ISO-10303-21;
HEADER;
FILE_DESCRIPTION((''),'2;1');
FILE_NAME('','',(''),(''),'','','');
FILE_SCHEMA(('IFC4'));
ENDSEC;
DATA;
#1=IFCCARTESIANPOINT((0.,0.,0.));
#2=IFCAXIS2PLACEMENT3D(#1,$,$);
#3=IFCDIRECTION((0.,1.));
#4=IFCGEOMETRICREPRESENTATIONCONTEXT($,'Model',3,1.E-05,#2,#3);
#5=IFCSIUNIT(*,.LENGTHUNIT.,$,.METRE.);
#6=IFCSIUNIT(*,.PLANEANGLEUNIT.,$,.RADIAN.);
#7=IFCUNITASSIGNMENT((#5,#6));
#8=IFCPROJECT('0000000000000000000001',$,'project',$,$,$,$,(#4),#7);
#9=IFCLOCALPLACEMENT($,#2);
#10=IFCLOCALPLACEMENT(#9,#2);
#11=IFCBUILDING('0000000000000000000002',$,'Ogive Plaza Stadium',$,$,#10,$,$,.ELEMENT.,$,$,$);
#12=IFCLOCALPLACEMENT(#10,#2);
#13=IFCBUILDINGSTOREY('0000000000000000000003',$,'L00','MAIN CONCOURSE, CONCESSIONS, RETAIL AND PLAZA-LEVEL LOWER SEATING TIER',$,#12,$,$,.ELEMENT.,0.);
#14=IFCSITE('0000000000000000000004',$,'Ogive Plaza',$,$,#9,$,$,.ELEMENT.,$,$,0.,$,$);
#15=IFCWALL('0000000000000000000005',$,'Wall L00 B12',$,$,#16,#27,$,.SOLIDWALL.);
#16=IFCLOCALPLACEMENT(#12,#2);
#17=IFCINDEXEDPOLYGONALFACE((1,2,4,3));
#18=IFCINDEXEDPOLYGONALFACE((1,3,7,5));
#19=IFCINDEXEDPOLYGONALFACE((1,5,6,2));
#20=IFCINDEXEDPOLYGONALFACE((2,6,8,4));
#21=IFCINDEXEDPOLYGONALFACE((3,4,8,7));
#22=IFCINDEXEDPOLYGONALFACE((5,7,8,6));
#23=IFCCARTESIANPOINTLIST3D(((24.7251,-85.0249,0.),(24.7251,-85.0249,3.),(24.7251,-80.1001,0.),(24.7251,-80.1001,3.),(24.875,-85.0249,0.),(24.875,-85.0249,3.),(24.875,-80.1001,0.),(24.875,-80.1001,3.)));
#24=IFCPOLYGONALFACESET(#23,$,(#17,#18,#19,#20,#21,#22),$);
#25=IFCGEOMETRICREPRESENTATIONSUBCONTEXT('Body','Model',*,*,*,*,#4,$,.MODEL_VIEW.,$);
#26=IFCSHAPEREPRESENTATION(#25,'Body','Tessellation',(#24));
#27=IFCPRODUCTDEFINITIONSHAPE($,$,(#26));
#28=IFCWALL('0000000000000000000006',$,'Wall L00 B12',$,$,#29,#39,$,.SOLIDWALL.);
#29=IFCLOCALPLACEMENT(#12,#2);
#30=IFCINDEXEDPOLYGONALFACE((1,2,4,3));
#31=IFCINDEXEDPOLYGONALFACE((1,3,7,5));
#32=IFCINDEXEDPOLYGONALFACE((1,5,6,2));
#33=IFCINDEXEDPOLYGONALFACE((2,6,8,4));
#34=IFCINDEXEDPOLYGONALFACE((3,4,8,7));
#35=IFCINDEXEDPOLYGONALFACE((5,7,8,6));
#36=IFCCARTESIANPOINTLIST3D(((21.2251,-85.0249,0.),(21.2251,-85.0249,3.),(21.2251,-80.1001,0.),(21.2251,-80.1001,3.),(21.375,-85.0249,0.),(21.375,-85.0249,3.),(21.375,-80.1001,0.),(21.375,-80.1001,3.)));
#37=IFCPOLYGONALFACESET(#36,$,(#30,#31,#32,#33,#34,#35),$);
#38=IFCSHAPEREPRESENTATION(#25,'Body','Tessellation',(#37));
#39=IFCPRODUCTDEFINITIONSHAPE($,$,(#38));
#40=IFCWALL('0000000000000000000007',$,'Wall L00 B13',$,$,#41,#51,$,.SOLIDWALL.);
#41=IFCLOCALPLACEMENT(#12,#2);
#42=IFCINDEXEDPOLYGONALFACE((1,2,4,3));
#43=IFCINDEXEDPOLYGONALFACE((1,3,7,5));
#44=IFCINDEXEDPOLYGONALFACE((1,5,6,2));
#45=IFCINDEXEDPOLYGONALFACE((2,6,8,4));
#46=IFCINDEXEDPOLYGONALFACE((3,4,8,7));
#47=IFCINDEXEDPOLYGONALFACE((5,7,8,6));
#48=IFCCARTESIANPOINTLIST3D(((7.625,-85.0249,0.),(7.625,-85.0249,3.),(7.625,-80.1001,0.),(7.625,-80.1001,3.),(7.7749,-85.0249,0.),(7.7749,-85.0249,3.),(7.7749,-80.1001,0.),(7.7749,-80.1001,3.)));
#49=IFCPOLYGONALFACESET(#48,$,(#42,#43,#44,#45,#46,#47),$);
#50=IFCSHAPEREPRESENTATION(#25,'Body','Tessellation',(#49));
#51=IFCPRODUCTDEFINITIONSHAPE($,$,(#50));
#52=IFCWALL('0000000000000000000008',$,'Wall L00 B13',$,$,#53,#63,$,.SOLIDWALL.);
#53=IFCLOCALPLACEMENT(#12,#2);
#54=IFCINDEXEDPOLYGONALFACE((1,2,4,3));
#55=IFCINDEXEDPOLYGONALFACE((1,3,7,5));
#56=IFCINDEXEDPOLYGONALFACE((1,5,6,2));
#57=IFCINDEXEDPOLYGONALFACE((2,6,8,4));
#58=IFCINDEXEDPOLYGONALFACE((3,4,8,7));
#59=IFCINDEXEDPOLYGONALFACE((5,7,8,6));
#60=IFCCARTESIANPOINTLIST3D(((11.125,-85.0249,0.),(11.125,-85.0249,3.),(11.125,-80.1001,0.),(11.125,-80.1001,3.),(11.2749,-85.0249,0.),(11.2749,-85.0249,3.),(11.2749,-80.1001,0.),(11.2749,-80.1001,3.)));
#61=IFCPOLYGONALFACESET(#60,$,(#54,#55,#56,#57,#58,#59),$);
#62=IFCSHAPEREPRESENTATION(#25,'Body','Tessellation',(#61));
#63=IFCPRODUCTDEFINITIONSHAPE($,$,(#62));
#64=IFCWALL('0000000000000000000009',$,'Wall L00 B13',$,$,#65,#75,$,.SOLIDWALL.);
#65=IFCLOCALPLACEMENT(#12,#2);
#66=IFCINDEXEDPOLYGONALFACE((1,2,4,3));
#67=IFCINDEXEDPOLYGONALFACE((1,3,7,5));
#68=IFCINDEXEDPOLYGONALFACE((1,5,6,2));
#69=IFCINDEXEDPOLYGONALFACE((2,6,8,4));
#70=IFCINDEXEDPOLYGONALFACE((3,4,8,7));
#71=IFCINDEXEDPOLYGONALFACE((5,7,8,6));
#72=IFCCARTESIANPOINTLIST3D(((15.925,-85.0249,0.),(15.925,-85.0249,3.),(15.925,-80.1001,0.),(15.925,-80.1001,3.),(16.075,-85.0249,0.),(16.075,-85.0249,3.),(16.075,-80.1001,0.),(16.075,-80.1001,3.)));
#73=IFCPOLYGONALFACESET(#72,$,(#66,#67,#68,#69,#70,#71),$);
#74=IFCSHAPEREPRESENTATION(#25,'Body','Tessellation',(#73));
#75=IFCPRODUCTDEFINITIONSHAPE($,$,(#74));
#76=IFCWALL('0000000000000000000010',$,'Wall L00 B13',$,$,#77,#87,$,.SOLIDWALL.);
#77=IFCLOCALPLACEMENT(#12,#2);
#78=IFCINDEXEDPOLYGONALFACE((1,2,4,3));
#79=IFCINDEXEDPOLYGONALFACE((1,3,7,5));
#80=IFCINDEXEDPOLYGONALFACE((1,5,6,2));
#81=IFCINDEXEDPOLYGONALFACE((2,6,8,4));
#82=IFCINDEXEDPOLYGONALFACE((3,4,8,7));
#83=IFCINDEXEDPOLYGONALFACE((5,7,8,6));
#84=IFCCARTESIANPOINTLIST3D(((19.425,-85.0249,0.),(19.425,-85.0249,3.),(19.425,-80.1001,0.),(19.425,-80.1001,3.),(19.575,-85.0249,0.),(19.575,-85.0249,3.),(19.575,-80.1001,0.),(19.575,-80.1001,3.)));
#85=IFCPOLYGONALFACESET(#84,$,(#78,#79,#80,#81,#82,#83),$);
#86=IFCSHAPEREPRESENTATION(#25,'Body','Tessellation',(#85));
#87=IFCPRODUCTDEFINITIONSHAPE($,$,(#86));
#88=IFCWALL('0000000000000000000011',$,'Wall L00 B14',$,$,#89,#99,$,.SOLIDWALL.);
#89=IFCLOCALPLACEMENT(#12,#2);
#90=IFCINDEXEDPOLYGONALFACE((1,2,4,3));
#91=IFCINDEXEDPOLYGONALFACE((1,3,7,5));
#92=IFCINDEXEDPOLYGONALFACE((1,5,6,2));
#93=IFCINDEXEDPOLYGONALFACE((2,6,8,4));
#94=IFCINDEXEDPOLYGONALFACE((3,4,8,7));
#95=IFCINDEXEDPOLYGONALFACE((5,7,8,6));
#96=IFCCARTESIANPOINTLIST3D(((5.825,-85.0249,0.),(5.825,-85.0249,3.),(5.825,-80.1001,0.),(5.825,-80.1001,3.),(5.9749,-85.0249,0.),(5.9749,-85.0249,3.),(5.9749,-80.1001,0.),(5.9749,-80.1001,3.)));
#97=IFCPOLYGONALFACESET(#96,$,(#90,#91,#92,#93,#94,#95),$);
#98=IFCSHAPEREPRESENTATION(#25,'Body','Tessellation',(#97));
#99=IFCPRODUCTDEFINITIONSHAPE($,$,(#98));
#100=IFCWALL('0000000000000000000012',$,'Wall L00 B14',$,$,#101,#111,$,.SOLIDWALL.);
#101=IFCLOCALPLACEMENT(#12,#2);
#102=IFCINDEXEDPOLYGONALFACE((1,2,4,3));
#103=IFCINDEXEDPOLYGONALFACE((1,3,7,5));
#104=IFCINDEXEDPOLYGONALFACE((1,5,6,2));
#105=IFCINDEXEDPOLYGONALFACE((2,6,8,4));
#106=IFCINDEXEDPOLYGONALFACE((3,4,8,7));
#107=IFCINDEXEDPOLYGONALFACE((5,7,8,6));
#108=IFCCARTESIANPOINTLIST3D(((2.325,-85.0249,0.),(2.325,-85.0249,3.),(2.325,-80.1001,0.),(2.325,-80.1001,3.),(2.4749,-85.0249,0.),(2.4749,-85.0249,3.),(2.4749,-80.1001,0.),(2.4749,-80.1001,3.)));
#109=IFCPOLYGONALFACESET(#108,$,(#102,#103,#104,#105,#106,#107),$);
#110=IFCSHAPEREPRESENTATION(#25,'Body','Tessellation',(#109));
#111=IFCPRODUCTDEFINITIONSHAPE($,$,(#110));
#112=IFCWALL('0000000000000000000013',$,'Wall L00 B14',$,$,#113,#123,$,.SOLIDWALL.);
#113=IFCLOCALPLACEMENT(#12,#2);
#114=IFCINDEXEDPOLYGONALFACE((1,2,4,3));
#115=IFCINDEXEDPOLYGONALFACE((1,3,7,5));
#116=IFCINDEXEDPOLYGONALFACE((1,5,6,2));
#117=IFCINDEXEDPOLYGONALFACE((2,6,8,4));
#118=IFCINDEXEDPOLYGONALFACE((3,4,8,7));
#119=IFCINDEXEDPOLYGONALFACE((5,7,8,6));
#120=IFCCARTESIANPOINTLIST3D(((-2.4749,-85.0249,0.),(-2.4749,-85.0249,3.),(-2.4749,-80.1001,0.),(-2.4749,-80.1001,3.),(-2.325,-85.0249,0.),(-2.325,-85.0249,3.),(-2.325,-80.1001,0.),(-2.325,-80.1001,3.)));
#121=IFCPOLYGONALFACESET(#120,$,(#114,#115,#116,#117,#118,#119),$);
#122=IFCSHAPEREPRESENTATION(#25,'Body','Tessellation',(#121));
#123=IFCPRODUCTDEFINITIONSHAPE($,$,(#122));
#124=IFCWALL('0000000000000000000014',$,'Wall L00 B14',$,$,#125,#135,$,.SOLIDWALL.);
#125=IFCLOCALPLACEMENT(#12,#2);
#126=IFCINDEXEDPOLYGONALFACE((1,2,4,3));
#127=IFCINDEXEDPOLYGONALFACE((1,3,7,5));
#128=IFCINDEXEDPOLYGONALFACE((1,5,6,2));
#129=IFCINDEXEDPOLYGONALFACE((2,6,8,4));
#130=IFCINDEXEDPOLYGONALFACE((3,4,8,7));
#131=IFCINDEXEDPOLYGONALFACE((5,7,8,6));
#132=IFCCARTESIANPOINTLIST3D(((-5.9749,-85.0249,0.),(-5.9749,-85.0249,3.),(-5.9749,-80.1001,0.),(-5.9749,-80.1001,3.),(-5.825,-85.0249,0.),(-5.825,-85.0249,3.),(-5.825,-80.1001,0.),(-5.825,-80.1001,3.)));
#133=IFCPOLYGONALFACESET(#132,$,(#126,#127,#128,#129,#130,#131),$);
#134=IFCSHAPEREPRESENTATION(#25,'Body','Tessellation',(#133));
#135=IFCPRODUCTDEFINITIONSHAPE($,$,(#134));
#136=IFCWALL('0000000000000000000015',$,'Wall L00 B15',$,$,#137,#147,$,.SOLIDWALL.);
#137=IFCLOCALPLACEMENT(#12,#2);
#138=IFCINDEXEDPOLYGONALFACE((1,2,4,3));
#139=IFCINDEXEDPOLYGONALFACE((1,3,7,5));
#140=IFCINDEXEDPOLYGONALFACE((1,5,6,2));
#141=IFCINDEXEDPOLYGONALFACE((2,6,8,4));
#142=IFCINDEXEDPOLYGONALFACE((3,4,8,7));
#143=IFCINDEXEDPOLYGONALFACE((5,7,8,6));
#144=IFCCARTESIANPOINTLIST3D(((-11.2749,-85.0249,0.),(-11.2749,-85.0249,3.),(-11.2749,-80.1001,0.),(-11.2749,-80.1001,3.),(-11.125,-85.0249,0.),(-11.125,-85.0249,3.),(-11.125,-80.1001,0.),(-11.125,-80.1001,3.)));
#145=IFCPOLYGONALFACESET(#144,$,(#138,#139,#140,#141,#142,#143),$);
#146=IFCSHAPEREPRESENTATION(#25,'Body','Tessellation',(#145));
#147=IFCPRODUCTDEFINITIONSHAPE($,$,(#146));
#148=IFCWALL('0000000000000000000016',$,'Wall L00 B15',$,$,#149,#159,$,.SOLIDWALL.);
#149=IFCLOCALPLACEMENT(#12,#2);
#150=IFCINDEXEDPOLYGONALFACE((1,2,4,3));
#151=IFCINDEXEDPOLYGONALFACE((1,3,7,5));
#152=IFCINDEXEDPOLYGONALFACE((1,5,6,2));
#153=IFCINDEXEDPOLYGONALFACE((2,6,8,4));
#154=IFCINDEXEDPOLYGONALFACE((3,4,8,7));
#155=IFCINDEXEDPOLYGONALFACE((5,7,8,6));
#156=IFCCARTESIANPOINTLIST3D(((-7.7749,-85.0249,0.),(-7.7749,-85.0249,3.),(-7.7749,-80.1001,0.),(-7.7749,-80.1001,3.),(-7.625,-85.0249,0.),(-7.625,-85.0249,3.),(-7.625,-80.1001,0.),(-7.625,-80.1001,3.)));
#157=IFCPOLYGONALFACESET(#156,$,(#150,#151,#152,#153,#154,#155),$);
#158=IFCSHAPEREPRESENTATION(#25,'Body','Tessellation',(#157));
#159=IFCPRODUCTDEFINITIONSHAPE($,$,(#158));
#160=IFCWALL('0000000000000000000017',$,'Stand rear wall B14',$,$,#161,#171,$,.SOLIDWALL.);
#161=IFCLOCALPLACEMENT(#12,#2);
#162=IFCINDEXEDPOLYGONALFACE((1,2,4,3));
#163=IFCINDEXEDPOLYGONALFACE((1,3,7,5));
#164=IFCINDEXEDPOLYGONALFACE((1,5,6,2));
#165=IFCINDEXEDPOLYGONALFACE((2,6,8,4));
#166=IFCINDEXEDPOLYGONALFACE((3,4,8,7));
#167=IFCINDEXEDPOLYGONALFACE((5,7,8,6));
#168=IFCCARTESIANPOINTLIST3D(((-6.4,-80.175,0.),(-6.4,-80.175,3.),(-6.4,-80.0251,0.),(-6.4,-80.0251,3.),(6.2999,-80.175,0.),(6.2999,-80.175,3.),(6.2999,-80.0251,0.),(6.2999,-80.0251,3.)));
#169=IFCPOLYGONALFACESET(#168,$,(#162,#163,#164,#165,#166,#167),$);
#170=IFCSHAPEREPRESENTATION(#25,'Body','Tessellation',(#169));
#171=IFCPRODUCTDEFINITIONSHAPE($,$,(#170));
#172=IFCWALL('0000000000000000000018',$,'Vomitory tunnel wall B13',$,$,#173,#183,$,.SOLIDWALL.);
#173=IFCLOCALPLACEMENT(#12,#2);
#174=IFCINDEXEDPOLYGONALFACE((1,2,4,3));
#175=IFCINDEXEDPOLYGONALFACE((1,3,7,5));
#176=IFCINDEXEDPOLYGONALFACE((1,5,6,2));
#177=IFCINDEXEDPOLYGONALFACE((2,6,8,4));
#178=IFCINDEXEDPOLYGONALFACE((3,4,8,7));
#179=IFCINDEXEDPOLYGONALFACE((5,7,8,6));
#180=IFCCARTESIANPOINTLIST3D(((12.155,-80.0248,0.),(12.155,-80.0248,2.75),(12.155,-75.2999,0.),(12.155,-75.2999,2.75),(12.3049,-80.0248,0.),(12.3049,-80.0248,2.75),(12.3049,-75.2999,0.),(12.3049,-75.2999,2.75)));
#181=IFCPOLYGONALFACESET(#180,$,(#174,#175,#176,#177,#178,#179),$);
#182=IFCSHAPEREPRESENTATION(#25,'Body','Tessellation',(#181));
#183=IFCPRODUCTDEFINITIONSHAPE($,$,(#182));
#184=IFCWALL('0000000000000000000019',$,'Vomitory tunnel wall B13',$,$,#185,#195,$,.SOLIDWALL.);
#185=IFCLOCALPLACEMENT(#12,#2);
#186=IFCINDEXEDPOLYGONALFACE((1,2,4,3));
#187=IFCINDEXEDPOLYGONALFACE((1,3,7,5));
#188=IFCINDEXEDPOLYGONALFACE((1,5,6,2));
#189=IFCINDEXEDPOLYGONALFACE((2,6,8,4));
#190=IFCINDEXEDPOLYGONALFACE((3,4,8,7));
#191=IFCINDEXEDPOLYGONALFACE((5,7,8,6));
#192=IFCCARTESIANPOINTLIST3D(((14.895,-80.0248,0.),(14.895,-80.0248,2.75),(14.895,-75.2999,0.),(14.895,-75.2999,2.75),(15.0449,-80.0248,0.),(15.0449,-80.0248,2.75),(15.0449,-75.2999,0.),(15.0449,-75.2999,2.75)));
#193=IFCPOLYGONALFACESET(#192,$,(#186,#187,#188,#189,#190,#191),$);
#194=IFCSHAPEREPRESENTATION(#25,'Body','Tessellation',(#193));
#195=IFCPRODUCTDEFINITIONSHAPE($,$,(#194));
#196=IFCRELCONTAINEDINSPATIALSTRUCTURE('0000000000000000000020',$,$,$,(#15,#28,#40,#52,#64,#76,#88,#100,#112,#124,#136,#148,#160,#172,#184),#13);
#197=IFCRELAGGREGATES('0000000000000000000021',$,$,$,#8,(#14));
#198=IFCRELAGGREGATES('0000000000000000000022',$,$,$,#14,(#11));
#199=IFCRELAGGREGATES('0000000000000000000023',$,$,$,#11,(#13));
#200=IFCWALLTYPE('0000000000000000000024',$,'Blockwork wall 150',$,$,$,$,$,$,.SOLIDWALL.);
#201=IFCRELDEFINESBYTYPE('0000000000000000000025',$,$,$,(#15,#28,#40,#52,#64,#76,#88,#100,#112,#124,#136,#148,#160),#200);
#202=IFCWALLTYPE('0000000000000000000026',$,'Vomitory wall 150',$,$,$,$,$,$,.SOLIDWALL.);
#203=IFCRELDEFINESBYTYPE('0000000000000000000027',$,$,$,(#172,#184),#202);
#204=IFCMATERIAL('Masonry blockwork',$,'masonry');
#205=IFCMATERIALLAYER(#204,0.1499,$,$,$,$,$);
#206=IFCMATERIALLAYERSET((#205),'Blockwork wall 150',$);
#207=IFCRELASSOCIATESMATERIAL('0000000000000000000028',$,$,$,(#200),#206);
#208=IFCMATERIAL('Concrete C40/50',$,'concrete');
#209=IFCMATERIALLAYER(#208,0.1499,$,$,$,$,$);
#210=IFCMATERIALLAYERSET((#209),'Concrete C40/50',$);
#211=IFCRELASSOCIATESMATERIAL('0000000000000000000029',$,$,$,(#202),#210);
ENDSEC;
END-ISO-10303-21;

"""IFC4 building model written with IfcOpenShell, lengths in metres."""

from ifc_helpers import new_model, si_unit, direction, frame, frame_2d, origin, place, context, subcontext, project, spatial, rectangle, extrude, material, layer, layer_set, type_object, element, save


model = new_model("IFC4")

# Units and contexts
model_context = context("Model", 3, precision=1e-05, world=origin(), true_north=direction((0.0, 1.0)))
body_context = subcontext(model_context, "Body", "Model", "MODEL_VIEW")
ifc_project = project(units=[si_unit("LENGTHUNIT", "METRE"), si_unit("PLANEANGLEUNIT", "RADIAN")], contexts=[model_context])

# Site, building, storey
site_placement = place(None, origin())
site = spatial("IfcSite", under=ifc_project, at=site_placement, Name="Ogive Plaza", CompositionType="ELEMENT", RefElevation=0.0)
building_placement = place(site_placement, origin())
building = spatial("IfcBuilding", under=site, at=building_placement, Name="Ogive Plaza Stadium", CompositionType="ELEMENT")
storey_placement = place(building_placement, origin())
storey = spatial("IfcBuildingStorey", under=building, at=storey_placement, Name="L00", Description="MAIN CONCOURSE, CONCESSIONS, RETAIL AND PLAZA-LEVEL LOWER SEATING TIER", CompositionType="ELEMENT", Elevation=0.0)

# Walls
ifc_material_1 = material(Name="Masonry blockwork", Category="masonry")
ifc_layer_1 = layer(ifc_material_1, 0.1499)
ifc_layer_set_1 = layer_set([ifc_layer_1], Name="Blockwork wall 150")
wall_type_1 = type_object("IfcWallType", Name="Blockwork wall 150", PredefinedType="SOLIDWALL", material=ifc_layer_set_1)
for number, where, z_axis, x_axis, name in (
    (1, (24.8, -80.1001, 0.0), (0.0, 0.0, 1.0), (0.0, -1.0, 0.0), "Wall L00 B12"),
    (2, (21.3, -80.1001, 0.0), (0.0, 0.0, 1.0), (0.0, -1.0, 0.0), "Wall L00 B12"),
    (3, (7.7, -80.1001, 0.0), (0.0, 0.0, 1.0), (0.0, -1.0, 0.0), "Wall L00 B13"),
    (4, (11.2, -80.1001, 0.0), (0.0, 0.0, 1.0), (0.0, -1.0, 0.0), "Wall L00 B13"),
    (5, (16.0, -80.1001, 0.0), (0.0, 0.0, 1.0), (0.0, -1.0, 0.0), "Wall L00 B13"),
    (6, (19.5, -80.1001, 0.0), (0.0, 0.0, 1.0), (0.0, -1.0, 0.0), "Wall L00 B13"),
    (7, (5.8999, -80.1001, 0.0), (0.0, 0.0, 1.0), (0.0, -1.0, 0.0), "Wall L00 B14"),
    (8, (2.3999, -80.1001, 0.0), (0.0, 0.0, 1.0), (0.0, -1.0, 0.0), "Wall L00 B14"),
    (9, (-2.3999, -80.1001, 0.0), (0.0, 0.0, 1.0), (0.0, -1.0, 0.0), "Wall L00 B14"),
    (10, (-5.8999, -80.1001, 0.0), (0.0, 0.0, 1.0), (0.0, -1.0, 0.0), "Wall L00 B14"),
    (11, (-11.2, -80.1001, 0.0), (0.0, 0.0, 1.0), (0.0, -1.0, 0.0), "Wall L00 B15"),
    (12, (-7.7, -80.1001, 0.0), (0.0, 0.0, 1.0), (0.0, -1.0, 0.0), "Wall L00 B15"),
):
    element("IfcWall", number, at=place(storey_placement, frame(where, z_axis=z_axis, x_axis=x_axis)), inside=storey, type_object=wall_type_1, Name=name, PredefinedType="SOLIDWALL", context=body_context, shape_type="SweptSolid", body=[
        extrude(rectangle(XDim=4.9248, YDim=0.1499, at=frame_2d((2.4624, 0.0))), origin(), (0.0, 0.0, 1.0), 3.0),
    ])

# Wall
wall_1_placement = place(storey_placement, frame((6.3, -80.1001, 0.0), z_axis=(0.0, 0.0, 1.0), x_axis=(-1.0, 0.0, 0.0)))
element("IfcWall", 13, at=wall_1_placement, inside=storey, type_object=wall_type_1, Name="Stand rear wall B14", PredefinedType="SOLIDWALL", context=body_context, shape_type="SweptSolid", body=[
    extrude(rectangle(XDim=12.7, YDim=0.1499, at=frame_2d((6.3501, 0.0))), origin(), (0.0, 0.0, 1.0), 3.0),
])

# Walls
ifc_material_2 = material(Name="Concrete C40/50", Category="concrete")
ifc_layer_2 = layer(ifc_material_2, 0.1499)
ifc_layer_set_2 = layer_set([ifc_layer_2], Name="Concrete C40/50")
wall_type_2 = type_object("IfcWallType", Name="Vomitory wall 150", PredefinedType="SOLIDWALL", material=ifc_layer_set_2)
for number, where, z_axis, x_axis, name in (
    (14, (12.23, -75.3, 0.0), (0.0, 0.0, 1.0), (0.0, -1.0, 0.0), "Vomitory tunnel wall B13"),
    (15, (14.97, -75.3, 0.0), (0.0, 0.0, 1.0), (0.0, -1.0, 0.0), "Vomitory tunnel wall B13"),
):
    element("IfcWall", number, at=place(storey_placement, frame(where, z_axis=z_axis, x_axis=x_axis)), inside=storey, type_object=wall_type_2, Name=name, PredefinedType="SOLIDWALL", context=body_context, shape_type="SweptSolid", body=[
        extrude(rectangle(XDim=4.7249, YDim=0.1499, at=frame_2d((2.3623, 0.0))), origin(), (0.0, 0.0, 1.0), 2.75),
    ])

save(model, "model.ifc")
